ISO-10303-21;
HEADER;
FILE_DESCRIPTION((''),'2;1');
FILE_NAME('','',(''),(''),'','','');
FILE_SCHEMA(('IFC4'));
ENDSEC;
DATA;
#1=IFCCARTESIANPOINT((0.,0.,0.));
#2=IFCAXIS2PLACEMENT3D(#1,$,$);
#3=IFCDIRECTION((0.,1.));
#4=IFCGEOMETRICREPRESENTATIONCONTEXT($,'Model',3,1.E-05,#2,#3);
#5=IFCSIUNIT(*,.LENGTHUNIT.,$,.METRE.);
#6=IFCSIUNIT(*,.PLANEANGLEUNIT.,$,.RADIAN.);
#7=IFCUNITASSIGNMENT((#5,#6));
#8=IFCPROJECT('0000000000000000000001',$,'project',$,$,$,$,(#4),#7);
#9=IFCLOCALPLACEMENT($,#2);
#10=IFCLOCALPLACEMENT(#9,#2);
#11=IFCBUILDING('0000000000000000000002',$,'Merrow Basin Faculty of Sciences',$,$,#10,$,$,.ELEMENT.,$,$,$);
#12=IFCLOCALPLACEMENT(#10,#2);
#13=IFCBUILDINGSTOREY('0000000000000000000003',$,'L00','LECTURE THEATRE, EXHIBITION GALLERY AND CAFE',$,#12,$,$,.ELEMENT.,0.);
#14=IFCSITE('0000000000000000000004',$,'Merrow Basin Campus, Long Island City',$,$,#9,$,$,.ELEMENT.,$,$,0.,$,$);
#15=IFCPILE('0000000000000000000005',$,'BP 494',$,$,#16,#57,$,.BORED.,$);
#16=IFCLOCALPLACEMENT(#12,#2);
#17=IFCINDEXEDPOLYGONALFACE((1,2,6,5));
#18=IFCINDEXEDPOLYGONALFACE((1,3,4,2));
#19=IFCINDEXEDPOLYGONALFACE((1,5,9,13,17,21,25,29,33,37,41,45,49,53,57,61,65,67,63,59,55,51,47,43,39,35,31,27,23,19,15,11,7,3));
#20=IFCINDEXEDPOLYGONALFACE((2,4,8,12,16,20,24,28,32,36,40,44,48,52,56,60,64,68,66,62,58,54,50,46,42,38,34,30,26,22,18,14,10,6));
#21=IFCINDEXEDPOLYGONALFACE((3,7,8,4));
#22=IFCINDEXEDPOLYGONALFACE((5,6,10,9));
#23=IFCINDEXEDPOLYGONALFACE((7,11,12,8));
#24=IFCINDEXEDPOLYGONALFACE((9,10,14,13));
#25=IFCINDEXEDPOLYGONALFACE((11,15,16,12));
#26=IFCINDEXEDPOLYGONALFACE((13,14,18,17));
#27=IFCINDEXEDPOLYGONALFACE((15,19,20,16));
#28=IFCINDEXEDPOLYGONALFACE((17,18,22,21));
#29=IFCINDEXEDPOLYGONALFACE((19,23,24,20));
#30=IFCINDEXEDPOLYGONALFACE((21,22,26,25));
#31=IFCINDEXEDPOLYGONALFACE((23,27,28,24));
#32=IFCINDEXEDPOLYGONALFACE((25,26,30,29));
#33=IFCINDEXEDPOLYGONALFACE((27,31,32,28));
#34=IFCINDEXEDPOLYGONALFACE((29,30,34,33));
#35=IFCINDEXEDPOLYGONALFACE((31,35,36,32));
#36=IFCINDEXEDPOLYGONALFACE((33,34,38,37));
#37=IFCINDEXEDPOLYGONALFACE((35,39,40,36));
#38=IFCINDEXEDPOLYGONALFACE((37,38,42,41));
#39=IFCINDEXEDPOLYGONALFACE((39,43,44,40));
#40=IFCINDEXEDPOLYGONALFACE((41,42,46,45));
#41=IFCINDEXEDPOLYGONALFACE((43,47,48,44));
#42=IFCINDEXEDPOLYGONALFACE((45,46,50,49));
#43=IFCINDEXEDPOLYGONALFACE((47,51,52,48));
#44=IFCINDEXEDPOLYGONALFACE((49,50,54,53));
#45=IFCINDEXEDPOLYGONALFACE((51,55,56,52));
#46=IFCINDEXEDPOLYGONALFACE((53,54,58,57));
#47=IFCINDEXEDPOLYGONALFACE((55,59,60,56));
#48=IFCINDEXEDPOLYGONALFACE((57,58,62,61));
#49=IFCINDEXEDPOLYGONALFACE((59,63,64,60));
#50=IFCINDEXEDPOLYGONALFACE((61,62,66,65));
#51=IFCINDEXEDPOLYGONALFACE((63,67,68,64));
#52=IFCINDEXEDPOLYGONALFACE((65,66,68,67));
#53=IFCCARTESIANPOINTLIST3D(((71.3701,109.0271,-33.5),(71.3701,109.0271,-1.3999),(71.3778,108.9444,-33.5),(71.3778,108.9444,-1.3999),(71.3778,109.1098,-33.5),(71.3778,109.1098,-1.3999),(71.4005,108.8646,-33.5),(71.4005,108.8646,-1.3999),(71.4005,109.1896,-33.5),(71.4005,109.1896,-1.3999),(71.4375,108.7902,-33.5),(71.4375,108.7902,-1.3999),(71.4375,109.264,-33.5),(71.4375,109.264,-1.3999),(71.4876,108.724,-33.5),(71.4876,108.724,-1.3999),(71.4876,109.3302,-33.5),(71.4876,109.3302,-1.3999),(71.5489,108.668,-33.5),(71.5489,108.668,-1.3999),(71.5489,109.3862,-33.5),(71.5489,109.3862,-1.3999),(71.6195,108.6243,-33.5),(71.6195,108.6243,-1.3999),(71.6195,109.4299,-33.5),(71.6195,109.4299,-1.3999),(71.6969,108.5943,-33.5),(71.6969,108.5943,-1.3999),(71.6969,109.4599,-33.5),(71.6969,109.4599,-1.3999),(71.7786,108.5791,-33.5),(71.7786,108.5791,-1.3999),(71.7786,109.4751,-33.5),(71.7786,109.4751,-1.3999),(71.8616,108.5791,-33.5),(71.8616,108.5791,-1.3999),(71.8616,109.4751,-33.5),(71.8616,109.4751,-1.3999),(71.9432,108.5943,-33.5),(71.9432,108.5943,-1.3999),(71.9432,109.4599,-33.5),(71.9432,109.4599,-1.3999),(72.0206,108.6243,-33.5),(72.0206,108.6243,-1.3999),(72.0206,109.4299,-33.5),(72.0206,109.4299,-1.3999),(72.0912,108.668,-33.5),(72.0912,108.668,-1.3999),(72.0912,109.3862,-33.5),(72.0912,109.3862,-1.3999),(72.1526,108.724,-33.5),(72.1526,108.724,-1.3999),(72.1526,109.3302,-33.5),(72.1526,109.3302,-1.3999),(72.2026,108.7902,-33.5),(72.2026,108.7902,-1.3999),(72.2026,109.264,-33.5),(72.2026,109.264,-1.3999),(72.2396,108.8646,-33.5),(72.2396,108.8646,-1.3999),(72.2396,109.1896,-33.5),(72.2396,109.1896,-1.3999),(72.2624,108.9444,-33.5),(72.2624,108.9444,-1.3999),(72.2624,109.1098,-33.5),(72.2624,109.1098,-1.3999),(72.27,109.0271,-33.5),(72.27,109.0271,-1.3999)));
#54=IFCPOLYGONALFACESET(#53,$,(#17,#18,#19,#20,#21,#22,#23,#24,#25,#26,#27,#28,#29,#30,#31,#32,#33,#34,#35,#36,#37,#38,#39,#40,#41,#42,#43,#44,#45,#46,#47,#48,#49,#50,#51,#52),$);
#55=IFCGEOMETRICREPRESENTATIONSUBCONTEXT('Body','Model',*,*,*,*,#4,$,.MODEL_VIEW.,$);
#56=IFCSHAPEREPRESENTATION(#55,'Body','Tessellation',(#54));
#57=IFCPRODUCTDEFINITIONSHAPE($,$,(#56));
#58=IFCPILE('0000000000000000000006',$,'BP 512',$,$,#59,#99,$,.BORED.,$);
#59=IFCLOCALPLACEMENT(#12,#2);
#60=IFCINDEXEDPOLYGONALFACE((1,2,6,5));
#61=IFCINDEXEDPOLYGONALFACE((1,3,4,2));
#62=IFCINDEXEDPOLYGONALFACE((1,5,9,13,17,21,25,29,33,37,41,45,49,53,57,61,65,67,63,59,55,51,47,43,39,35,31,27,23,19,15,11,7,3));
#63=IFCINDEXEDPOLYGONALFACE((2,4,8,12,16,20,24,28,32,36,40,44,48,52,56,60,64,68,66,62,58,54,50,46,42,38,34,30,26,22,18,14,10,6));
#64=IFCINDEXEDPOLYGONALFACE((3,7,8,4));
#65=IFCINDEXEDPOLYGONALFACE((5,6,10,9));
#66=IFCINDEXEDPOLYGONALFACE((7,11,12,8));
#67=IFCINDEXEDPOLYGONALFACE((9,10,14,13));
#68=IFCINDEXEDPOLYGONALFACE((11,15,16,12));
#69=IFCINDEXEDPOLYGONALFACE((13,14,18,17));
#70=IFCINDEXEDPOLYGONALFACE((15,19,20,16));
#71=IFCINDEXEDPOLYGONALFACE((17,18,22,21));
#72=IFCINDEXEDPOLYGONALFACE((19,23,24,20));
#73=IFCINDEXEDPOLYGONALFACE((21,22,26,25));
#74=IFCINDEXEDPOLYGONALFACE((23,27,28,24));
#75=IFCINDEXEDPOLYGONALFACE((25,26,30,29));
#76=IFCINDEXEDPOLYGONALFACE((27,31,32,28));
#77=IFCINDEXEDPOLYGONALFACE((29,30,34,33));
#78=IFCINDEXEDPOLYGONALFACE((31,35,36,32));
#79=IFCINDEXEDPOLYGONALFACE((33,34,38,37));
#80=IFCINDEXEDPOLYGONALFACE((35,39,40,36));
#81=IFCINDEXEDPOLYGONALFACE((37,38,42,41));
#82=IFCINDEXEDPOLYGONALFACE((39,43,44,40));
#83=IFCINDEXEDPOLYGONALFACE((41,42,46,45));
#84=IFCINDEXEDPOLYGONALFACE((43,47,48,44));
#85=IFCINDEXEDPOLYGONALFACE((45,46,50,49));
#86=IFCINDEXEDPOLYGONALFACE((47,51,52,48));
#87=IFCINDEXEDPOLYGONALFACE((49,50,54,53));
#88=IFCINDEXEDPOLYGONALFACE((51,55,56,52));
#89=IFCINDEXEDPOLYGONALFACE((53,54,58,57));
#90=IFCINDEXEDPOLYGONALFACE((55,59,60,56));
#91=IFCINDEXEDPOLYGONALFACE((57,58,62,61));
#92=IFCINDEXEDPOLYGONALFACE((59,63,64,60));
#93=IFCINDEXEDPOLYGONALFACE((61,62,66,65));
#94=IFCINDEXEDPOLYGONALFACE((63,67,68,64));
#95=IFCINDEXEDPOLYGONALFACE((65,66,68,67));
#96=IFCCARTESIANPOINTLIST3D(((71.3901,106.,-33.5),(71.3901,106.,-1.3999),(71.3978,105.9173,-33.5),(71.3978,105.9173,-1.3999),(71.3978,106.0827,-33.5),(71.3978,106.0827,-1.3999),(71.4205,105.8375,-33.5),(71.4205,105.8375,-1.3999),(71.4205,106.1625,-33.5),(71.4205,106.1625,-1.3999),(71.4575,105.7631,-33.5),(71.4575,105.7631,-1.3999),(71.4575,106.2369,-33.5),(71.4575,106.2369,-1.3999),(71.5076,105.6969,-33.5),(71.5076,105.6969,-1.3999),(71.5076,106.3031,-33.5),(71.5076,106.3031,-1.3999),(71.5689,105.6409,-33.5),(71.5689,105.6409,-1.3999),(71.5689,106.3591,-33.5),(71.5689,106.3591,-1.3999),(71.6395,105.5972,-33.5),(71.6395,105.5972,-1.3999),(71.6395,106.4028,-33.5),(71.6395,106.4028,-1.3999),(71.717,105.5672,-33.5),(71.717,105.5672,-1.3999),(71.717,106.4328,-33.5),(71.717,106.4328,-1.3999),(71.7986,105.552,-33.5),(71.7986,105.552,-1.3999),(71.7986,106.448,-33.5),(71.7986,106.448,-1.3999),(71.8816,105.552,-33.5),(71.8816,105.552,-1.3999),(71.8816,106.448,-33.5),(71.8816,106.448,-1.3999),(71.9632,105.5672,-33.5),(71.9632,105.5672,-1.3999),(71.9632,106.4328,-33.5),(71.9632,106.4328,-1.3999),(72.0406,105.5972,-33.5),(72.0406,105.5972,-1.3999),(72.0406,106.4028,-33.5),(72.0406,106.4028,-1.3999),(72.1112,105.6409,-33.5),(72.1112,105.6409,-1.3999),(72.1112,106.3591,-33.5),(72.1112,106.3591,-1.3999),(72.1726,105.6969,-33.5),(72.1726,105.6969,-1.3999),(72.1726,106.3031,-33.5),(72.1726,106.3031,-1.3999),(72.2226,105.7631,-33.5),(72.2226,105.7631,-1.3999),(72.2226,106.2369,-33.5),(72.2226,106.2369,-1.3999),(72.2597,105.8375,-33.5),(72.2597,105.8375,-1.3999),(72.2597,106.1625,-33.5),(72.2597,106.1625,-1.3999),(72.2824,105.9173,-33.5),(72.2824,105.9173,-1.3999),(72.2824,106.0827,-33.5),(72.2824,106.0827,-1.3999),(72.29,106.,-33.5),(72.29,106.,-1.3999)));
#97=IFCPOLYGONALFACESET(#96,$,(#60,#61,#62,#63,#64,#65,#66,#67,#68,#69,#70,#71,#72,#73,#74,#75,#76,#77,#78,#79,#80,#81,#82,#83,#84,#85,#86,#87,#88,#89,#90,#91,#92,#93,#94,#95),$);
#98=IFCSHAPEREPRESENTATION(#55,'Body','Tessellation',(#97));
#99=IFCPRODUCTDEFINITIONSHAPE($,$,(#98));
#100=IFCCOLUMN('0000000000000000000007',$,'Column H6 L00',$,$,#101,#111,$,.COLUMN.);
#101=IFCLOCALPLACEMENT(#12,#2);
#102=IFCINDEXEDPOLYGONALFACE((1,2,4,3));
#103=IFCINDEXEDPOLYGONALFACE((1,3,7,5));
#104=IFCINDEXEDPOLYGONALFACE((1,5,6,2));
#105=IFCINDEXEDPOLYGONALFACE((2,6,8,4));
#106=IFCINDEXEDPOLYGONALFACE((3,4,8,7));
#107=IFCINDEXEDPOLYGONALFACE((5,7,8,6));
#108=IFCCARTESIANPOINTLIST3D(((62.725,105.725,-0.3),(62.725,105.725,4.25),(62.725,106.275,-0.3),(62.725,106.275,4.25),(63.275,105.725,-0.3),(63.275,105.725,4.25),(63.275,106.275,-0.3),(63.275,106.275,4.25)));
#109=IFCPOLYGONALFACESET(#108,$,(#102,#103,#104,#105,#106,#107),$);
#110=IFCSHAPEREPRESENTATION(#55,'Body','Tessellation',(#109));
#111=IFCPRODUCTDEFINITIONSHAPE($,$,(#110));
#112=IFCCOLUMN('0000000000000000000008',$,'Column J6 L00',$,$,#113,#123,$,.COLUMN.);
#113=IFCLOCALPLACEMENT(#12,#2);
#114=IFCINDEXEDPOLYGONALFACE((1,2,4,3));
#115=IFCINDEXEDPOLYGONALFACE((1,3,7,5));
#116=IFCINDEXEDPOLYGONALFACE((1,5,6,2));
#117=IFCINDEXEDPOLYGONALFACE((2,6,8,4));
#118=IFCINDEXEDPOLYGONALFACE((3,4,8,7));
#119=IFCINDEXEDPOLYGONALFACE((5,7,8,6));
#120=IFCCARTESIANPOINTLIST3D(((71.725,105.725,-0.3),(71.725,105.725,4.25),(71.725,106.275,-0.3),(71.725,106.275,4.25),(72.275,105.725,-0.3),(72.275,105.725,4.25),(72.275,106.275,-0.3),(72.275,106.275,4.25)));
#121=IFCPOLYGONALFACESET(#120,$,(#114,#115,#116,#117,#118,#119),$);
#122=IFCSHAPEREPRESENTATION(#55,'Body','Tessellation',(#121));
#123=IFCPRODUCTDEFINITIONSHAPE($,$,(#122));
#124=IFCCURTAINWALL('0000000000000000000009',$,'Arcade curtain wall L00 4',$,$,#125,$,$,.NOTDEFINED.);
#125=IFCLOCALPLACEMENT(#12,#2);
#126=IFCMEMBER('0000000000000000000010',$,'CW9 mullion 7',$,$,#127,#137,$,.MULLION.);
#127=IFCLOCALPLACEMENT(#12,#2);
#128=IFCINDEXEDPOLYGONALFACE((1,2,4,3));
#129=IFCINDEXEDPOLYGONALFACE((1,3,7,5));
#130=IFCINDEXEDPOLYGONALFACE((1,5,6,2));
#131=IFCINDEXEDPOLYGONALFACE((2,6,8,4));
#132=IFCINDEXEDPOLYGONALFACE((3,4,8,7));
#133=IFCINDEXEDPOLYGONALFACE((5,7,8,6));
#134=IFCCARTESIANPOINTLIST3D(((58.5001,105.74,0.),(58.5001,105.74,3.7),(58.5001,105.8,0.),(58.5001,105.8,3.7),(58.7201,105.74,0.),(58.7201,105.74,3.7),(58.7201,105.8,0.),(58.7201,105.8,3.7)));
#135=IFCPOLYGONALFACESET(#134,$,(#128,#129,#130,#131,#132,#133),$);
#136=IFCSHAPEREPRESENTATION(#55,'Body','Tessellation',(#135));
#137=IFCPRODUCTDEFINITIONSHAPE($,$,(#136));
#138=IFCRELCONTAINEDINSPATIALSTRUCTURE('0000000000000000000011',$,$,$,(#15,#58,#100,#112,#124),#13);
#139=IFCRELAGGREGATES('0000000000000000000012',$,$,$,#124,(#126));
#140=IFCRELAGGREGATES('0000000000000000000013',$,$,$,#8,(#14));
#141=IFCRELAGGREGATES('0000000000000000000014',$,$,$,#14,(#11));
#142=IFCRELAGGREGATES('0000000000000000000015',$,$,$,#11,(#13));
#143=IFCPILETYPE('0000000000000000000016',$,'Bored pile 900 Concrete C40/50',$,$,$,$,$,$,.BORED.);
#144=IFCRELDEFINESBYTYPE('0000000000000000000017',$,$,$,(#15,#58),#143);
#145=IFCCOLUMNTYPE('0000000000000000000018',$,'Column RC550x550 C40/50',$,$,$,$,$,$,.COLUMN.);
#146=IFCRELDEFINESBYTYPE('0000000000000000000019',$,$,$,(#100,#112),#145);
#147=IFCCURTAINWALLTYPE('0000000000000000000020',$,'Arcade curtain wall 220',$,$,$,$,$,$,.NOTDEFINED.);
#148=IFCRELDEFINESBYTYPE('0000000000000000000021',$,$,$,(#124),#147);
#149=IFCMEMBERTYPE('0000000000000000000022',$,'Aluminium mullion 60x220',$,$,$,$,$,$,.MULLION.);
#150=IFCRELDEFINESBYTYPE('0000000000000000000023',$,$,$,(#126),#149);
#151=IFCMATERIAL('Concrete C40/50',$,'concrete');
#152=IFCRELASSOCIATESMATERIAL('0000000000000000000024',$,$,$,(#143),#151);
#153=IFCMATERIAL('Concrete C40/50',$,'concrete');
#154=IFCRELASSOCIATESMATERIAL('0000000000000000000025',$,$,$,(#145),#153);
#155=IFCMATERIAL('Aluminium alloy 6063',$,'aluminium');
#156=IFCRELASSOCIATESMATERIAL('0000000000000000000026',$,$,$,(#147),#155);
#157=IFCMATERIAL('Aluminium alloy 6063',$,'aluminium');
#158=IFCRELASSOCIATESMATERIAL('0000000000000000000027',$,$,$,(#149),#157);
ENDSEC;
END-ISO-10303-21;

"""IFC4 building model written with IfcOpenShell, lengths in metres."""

from ifc_helpers import new_model, si_unit, direction, frame, origin, origin_2d, place, context, subcontext, project, spatial, rectangle, circle, extrude, material, material_profile, profile_set, type_object, element, aggregate, save


model = new_model("IFC4")

# Units and contexts
model_context = context("Model", 3, precision=1e-05, world=origin(), true_north=direction((0.0, 1.0)))
body_context = subcontext(model_context, "Body", "Model", "MODEL_VIEW")
ifc_project = project(units=[si_unit("LENGTHUNIT", "METRE"), si_unit("PLANEANGLEUNIT", "RADIAN")], contexts=[model_context])

# Site, building, storey
site_placement = place(None, origin())
site = spatial("IfcSite", under=ifc_project, at=site_placement, Name="Merrow Basin Campus, Long Island City", CompositionType="ELEMENT", RefElevation=0.0)
building_placement = place(site_placement, origin())
building = spatial("IfcBuilding", under=site, at=building_placement, Name="Merrow Basin Faculty of Sciences", CompositionType="ELEMENT")
storey_placement = place(building_placement, origin())
storey = spatial("IfcBuildingStorey", under=building, at=storey_placement, Name="L00", Description="LECTURE THEATRE, EXHIBITION GALLERY AND CAFE", CompositionType="ELEMENT", Elevation=0.0)

# Piles
ifc_material_1 = material(Name="Concrete C40/50", Category="concrete")
ifc_material_profile_1 = material_profile(ifc_material_1, circle(Radius=0.45, at=origin_2d()))
ifc_profile_set_1 = profile_set([ifc_material_profile_1], Name="Concrete C40/50")
pile_type_1 = type_object("IfcPileType", Name="Bored pile 900 Concrete C40/50", PredefinedType="BORED", material=ifc_profile_set_1)
for number, where, z_axis, x_axis, name in (
    (1, (71.8201, 109.0271, -1.3999), (0.0, 0.0, -1.0), (1.0, 0.0, 0.0), "BP 494"),
    (2, (71.8401, 106.0, -1.3999), (0.0, 0.0, -1.0), (1.0, 0.0, 0.0), "BP 512"),
):
    element("IfcPile", number, at=place(storey_placement, frame(where, z_axis=z_axis, x_axis=x_axis)), inside=storey, type_object=pile_type_1, Name=name, PredefinedType="BORED", context=body_context, shape_type="SweptSolid", body=[
        extrude(circle(Radius=0.45, at=origin_2d()), origin(), (0.0, 0.0, 1.0), 32.1001),
    ])

# Columns
ifc_material_2 = material(Name="Concrete C40/50", Category="concrete")
ifc_material_profile_2 = material_profile(ifc_material_2, rectangle(XDim=0.55, YDim=0.55, at=origin_2d()))
ifc_profile_set_2 = profile_set([ifc_material_profile_2], Name="Concrete C40/50")
column_type = type_object("IfcColumnType", Name="Column RC550x550 C40/50", PredefinedType="COLUMN", material=ifc_profile_set_2)
for number, where, z_axis, x_axis, name in (
    (3, (63.0, 106.0, -0.3), (0.0, 0.0, 1.0), (1.0, 0.0, 0.0), "Column H6 L00"),
    (4, (72.0, 106.0, -0.3), (0.0, 0.0, 1.0), (1.0, 0.0, 0.0), "Column J6 L00"),
):
    element("IfcColumn", number, at=place(storey_placement, frame(where, z_axis=z_axis, x_axis=x_axis)), inside=storey, type_object=column_type, Name=name, PredefinedType="COLUMN", context=body_context, shape_type="SweptSolid", body=[
        extrude(rectangle(XDim=0.55, YDim=0.55, at=origin_2d()), origin(), (0.0, 0.0, 1.0), 4.55),
    ])

# Curtain wall, member
ifc_material_3 = material(Name="Aluminium alloy 6063", Category="aluminium")
curtain_wall_type = type_object("IfcCurtainWallType", Name="Arcade curtain wall 220", PredefinedType="NOTDEFINED", material=ifc_material_3)
curtain_wall_placement = place(storey_placement, origin())
curtain_wall = element("IfcCurtainWall", 5, at=curtain_wall_placement, inside=storey, type_object=curtain_wall_type, Name="Arcade curtain wall L00 4", PredefinedType="NOTDEFINED")
ifc_material_4 = material(Name="Aluminium alloy 6063", Category="aluminium")
ifc_material_profile_3 = material_profile(ifc_material_4, rectangle(XDim=0.22, YDim=0.0601, at=origin_2d()))
ifc_profile_set_3 = profile_set([ifc_material_profile_3], Name="Aluminium alloy 6063")
member_type = type_object("IfcMemberType", Name="Aluminium mullion 60x220", PredefinedType="MULLION", material=ifc_profile_set_3)
member_placement = place(storey_placement, frame((58.6101, 105.77, 0.0), z_axis=(0.0, 0.0, 1.0), x_axis=(-1.0, 0.0, 0.0)))
member = element("IfcMember", 6, at=member_placement, type_object=member_type, Name="CW9 mullion 7", PredefinedType="MULLION", context=body_context, shape_type="SweptSolid", body=[
    extrude(rectangle(XDim=0.22, YDim=0.0601, at=origin_2d()), origin(), (0.0, 0.0, 1.0), 3.7),
])
aggregate(curtain_wall, [member])

save(model, "model.ifc")
